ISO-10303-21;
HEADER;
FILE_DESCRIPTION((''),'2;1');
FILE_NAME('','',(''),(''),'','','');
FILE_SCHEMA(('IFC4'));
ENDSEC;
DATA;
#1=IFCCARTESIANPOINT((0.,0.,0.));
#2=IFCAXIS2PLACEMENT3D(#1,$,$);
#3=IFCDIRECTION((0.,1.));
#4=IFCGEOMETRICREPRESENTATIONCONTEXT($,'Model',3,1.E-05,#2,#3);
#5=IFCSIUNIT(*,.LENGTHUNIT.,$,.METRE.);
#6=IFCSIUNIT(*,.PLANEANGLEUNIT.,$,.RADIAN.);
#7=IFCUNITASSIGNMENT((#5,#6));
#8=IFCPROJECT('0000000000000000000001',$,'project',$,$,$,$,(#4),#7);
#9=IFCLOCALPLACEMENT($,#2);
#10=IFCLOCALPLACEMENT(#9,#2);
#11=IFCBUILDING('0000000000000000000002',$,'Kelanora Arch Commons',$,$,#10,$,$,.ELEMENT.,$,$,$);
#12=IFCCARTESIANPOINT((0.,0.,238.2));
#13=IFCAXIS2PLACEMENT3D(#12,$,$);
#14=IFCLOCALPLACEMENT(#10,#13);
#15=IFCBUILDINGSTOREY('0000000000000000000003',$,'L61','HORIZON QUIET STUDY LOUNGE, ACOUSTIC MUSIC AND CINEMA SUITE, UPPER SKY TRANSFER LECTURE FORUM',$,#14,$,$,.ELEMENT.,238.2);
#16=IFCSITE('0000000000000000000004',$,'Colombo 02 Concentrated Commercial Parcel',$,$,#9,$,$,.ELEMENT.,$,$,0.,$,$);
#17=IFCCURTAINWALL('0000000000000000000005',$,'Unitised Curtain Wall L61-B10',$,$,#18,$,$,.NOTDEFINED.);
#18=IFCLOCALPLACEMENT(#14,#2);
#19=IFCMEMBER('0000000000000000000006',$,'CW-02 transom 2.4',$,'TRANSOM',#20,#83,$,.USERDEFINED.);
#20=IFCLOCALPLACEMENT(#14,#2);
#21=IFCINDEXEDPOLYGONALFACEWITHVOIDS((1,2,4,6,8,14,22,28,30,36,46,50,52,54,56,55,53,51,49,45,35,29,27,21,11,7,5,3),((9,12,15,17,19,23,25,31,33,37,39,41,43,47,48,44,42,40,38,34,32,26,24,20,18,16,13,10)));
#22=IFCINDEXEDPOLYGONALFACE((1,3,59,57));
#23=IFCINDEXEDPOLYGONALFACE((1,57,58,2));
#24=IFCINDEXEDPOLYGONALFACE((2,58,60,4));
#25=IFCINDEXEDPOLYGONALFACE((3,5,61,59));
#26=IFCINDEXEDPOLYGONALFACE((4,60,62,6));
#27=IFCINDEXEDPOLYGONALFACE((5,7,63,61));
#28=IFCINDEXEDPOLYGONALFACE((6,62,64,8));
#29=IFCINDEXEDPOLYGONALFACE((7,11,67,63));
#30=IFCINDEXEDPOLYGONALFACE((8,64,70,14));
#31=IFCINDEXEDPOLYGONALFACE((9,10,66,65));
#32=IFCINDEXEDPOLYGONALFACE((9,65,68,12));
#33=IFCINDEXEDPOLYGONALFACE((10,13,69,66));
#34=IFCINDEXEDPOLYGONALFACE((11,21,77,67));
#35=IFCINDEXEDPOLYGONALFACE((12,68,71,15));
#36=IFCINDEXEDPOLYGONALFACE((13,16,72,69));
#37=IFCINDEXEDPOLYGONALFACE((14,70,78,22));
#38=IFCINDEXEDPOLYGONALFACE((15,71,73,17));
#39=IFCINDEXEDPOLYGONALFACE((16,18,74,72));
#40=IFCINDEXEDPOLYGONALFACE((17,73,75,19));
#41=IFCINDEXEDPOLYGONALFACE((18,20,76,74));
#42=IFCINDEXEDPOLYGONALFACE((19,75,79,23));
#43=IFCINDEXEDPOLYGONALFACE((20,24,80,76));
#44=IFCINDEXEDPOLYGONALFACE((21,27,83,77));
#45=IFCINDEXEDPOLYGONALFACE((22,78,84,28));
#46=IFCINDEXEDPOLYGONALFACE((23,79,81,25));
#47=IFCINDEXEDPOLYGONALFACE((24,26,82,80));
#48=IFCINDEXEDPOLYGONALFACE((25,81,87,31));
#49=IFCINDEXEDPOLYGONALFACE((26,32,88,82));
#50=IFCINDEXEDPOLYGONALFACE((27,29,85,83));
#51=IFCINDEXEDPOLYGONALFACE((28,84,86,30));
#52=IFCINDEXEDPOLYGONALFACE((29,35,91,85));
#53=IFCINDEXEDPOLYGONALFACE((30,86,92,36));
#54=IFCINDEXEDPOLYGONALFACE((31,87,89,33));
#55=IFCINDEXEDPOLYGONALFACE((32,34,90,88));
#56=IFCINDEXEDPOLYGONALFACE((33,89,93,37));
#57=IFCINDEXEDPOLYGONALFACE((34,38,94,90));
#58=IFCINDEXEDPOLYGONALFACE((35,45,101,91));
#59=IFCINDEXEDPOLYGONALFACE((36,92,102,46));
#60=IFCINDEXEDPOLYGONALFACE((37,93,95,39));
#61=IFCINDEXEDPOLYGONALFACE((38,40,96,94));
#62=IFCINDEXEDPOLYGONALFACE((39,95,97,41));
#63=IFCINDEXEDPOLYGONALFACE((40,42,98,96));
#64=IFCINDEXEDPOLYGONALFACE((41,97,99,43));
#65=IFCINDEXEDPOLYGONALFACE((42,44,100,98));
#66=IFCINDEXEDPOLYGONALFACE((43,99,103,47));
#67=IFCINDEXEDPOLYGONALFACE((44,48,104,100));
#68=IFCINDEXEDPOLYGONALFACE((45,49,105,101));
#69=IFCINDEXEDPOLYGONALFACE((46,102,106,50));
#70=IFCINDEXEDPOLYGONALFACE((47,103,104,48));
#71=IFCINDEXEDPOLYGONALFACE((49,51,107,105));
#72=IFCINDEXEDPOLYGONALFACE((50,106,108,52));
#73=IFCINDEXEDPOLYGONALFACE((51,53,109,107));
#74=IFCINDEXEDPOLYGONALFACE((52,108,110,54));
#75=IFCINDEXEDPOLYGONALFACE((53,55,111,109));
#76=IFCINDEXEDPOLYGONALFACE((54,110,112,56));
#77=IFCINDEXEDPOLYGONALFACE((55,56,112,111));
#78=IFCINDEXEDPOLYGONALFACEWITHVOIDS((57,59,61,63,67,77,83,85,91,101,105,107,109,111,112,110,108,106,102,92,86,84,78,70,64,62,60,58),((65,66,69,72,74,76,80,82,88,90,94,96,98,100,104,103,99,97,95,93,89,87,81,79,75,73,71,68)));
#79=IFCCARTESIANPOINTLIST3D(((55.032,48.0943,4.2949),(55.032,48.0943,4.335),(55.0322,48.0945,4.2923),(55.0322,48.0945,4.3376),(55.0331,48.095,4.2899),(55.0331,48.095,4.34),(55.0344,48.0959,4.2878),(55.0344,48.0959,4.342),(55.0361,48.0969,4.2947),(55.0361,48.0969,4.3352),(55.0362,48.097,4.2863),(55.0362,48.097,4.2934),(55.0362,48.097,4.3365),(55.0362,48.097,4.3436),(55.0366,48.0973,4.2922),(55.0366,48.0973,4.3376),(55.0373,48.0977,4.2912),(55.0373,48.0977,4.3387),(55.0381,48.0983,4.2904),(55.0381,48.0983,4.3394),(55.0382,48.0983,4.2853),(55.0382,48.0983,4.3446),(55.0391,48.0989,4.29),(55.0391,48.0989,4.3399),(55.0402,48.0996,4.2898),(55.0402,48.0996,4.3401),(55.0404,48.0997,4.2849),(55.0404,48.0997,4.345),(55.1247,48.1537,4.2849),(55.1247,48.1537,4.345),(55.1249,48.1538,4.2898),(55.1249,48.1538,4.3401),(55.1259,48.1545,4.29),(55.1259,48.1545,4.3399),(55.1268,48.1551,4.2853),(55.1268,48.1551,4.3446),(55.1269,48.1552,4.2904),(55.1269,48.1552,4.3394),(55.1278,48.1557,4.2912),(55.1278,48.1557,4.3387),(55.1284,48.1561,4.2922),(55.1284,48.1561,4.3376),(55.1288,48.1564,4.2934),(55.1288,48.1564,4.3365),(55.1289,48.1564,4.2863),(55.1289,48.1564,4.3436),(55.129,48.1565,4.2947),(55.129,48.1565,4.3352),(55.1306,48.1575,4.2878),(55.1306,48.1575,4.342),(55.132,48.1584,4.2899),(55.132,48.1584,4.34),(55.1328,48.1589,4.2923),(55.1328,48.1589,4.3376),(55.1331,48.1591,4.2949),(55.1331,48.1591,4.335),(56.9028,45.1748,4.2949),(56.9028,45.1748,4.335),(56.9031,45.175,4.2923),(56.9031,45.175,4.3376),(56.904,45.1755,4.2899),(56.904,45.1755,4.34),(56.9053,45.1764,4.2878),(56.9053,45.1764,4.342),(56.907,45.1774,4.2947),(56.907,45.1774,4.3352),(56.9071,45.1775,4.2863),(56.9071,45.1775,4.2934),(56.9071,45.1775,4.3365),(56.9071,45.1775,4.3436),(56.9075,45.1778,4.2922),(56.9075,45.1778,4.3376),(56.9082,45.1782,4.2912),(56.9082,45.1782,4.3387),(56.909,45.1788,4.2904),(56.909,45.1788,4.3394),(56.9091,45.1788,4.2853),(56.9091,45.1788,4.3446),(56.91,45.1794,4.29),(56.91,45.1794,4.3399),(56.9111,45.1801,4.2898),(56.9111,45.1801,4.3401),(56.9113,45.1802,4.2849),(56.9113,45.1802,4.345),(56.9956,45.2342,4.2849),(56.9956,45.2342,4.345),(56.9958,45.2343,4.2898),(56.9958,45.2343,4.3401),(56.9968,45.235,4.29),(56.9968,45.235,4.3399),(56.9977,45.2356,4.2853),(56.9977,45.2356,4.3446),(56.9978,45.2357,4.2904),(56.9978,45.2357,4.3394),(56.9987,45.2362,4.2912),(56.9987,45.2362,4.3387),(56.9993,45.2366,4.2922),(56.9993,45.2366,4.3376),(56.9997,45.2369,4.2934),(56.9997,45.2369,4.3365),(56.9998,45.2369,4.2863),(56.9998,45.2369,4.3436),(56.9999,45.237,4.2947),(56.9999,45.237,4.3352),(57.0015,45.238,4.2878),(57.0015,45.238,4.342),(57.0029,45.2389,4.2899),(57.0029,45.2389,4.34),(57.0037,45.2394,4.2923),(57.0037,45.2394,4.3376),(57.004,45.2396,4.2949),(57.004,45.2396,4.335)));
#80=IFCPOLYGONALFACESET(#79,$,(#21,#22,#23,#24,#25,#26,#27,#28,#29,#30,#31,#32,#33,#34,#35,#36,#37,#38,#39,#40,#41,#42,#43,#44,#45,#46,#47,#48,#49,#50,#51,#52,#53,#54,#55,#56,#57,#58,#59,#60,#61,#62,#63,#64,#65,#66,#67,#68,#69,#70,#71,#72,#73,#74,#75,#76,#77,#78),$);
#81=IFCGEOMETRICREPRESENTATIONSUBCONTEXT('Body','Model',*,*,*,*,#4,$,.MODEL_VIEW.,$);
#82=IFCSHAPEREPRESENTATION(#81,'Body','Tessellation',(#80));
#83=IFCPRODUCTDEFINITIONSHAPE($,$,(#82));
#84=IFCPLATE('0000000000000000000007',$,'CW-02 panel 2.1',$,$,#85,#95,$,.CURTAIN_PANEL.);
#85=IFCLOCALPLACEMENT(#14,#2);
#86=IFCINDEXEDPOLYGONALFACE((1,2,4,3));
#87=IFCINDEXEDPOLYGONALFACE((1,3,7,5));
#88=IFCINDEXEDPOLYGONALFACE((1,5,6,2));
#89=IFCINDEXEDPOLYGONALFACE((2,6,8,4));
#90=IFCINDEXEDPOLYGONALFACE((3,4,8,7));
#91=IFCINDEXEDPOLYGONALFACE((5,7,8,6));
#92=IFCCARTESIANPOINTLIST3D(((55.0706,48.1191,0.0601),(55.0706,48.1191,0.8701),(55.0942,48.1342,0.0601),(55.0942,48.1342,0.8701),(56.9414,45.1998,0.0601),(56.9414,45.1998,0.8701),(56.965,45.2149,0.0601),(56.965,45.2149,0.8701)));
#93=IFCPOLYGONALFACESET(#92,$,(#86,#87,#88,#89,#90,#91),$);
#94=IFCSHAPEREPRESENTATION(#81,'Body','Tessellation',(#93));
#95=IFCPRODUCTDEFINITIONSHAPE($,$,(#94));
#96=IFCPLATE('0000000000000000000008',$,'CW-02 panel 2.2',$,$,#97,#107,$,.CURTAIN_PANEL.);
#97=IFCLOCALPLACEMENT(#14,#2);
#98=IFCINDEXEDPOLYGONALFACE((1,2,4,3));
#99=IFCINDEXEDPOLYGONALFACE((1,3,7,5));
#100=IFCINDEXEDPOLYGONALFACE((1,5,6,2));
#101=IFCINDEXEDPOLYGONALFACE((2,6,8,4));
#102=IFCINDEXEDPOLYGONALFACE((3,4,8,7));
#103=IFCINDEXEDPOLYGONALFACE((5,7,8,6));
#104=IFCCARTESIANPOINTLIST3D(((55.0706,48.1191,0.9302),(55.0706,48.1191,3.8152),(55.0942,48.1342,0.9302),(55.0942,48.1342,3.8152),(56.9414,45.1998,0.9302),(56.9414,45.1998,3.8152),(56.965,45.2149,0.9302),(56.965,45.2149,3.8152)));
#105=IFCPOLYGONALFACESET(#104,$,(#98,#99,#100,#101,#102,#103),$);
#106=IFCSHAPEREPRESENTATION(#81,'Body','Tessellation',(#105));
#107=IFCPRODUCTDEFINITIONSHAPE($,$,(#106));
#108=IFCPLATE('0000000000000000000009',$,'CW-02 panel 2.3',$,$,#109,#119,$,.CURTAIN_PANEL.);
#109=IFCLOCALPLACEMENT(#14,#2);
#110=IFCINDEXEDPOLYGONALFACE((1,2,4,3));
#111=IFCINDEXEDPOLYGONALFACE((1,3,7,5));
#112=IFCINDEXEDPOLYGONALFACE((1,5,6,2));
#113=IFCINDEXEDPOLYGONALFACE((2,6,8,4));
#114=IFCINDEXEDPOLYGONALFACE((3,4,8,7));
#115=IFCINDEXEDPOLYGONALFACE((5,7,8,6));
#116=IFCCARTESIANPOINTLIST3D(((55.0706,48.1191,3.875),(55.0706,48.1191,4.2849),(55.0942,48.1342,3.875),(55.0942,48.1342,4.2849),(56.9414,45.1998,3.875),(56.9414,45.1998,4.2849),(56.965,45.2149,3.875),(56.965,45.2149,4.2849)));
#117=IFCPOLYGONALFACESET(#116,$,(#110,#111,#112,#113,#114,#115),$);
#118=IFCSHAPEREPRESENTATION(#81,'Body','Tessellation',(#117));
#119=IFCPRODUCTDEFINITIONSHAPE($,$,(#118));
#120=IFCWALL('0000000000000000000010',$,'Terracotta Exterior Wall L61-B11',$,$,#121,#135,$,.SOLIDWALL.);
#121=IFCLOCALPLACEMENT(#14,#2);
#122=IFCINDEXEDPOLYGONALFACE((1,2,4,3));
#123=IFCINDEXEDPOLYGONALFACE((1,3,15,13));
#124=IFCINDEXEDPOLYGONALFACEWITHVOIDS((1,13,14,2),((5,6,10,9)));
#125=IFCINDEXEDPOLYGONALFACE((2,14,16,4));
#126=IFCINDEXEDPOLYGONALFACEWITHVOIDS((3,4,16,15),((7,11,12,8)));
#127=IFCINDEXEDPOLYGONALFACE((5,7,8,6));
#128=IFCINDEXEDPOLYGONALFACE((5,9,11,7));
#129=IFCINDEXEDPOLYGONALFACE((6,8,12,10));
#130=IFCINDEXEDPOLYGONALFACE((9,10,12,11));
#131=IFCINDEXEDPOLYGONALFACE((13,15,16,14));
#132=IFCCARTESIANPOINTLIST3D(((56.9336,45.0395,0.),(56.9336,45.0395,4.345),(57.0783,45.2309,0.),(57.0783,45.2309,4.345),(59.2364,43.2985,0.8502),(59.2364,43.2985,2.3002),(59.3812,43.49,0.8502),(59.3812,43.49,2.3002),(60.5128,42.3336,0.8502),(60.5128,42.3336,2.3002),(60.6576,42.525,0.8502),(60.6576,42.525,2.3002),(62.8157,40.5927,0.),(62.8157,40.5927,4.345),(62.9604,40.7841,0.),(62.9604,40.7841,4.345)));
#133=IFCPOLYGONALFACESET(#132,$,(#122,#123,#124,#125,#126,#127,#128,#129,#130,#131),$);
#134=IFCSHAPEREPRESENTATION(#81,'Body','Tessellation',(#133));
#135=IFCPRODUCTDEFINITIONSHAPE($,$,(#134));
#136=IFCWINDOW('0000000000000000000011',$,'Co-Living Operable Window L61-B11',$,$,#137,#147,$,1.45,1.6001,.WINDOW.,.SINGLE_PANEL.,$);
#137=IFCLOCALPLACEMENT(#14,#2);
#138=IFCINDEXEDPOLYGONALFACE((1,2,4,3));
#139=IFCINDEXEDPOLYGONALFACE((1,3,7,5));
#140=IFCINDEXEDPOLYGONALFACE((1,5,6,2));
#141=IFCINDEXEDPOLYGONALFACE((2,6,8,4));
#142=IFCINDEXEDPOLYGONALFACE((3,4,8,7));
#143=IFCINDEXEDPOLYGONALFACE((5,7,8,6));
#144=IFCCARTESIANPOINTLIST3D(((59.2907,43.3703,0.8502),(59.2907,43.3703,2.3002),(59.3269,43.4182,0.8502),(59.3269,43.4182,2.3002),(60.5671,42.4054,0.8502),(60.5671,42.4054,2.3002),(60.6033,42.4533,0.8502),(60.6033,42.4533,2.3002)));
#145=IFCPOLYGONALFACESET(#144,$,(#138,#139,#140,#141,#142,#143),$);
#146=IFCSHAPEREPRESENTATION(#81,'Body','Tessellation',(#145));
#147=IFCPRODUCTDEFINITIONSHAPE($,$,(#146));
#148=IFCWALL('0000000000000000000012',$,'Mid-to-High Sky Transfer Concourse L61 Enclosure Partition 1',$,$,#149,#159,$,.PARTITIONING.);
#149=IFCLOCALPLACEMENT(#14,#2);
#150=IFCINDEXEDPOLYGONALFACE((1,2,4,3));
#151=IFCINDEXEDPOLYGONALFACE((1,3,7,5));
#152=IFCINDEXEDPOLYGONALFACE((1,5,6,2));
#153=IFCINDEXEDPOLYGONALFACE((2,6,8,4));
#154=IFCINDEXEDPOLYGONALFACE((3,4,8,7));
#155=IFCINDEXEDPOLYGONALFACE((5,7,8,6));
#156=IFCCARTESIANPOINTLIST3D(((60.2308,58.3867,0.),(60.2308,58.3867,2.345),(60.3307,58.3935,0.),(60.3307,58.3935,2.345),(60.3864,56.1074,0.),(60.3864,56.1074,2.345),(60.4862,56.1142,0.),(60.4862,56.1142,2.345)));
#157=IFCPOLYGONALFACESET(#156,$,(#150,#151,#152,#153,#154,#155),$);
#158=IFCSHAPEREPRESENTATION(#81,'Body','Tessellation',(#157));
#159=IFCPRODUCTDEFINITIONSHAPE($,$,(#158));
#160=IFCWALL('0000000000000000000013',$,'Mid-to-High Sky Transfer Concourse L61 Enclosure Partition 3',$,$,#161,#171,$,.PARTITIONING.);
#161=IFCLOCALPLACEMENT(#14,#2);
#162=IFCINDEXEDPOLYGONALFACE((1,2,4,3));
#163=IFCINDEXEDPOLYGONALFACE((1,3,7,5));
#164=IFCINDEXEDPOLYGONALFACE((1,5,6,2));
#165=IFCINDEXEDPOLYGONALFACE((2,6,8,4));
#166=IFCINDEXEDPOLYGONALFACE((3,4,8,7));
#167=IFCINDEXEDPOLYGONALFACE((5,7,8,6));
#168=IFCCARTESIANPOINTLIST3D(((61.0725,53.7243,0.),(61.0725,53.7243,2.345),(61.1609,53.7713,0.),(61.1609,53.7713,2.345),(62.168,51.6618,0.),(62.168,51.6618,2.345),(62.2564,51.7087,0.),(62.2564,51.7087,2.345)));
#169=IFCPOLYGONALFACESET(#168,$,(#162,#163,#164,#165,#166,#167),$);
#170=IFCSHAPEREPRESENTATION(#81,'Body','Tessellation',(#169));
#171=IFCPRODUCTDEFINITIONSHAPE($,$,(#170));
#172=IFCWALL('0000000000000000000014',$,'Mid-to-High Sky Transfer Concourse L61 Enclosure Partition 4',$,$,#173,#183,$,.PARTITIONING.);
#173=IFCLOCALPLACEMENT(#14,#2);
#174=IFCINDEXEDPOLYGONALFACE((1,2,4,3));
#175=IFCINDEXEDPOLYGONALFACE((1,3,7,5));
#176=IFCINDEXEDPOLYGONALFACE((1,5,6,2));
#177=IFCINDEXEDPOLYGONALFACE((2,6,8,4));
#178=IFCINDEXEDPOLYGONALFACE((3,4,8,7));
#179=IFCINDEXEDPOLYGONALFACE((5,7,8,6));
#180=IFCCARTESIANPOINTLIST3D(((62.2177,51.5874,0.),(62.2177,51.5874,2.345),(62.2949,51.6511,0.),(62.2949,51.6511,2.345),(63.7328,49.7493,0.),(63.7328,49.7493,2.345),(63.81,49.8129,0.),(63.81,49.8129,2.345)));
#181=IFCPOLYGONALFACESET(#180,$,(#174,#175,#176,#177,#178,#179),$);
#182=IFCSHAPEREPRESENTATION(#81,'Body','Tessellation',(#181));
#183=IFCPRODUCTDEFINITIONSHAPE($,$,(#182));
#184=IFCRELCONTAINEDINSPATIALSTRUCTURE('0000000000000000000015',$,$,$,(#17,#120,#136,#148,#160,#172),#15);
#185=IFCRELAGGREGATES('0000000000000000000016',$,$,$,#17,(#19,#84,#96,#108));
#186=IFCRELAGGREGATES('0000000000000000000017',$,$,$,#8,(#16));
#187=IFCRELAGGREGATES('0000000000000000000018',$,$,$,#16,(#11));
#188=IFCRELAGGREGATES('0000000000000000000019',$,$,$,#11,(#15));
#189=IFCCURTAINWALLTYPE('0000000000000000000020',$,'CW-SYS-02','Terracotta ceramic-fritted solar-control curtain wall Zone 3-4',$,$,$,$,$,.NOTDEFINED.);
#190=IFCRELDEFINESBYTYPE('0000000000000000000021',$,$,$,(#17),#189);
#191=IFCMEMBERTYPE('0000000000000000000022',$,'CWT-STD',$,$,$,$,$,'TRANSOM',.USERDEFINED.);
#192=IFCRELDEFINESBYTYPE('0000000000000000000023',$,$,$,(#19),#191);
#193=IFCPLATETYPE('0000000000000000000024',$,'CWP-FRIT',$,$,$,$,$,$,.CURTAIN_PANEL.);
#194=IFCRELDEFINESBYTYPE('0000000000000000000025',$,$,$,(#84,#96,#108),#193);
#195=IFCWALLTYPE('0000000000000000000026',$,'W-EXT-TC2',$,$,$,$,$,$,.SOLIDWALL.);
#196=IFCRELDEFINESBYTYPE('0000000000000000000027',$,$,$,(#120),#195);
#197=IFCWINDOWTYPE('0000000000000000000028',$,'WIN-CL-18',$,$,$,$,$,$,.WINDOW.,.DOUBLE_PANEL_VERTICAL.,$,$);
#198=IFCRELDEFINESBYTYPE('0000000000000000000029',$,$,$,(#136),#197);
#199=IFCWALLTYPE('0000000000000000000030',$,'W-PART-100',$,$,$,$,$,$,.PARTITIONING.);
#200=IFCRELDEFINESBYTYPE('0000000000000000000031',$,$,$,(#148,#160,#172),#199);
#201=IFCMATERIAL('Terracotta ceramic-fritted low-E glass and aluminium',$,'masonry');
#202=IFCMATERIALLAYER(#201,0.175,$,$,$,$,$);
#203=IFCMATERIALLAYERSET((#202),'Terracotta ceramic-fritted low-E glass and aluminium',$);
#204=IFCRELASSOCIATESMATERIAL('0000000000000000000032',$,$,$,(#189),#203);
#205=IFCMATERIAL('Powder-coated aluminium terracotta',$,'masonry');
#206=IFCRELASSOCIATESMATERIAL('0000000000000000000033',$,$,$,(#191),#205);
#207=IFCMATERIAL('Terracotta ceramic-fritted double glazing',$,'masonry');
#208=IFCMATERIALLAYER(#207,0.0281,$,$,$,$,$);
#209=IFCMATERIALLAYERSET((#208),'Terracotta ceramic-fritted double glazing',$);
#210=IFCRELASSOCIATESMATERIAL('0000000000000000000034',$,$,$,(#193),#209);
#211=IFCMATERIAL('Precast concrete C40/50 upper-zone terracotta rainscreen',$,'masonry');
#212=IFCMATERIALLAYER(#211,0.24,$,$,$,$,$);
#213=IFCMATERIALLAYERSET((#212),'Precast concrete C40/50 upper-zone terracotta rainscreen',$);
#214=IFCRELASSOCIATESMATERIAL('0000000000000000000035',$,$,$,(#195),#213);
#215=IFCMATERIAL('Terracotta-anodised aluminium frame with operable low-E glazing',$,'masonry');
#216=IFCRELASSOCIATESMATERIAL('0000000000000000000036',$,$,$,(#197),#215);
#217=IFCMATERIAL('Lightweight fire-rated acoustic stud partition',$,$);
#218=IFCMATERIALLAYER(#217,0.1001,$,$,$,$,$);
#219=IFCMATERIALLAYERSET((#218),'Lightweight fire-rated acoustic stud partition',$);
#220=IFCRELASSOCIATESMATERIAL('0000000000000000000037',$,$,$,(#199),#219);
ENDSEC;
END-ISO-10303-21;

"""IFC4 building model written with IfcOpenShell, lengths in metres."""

from ifc_helpers import new_model, si_unit, direction, frame, frame_2d, origin, origin_2d, place, context, subcontext, project, spatial, rectangle, hollow_rectangle, extrude, source, transform, mapped, material, layer, layer_set, material_profile, profile_set, type_object, element, fill, aggregate, save


model = new_model("IFC4")

# Units and contexts
model_context = context("Model", 3, precision=1e-05, world=origin(), true_north=direction((0.0, 1.0)))
body_context = subcontext(model_context, "Body", "Model", "MODEL_VIEW")
ifc_project = project(units=[si_unit("LENGTHUNIT", "METRE"), si_unit("PLANEANGLEUNIT", "RADIAN")], contexts=[model_context])

# Site, building, storey
site_placement = place(None, origin())
site = spatial("IfcSite", under=ifc_project, at=site_placement, Name="Colombo 02 Concentrated Commercial Parcel", CompositionType="ELEMENT", RefElevation=0.0)
building_placement = place(site_placement, origin())
building = spatial("IfcBuilding", under=site, at=building_placement, Name="Kelanora Arch Commons", CompositionType="ELEMENT")
storey_placement = place(building_placement, frame((0.0, 0.0, 238.2)))
storey = spatial("IfcBuildingStorey", under=building, at=storey_placement, Name="L61", Description="HORIZON QUIET STUDY LOUNGE, ACOUSTIC MUSIC AND CINEMA SUITE, UPPER SKY TRANSFER LECTURE FORUM", CompositionType="ELEMENT", Elevation=238.2)

# Curtain wall, member, plates
ifc_material_1 = material(Name="Terracotta ceramic-fritted low-E glass and aluminium", Category="masonry")
ifc_layer_1 = layer(ifc_material_1, 0.175)
ifc_layer_set_1 = layer_set([ifc_layer_1], Name="Terracotta ceramic-fritted low-E glass and aluminium")
curtain_wall_type = type_object("IfcCurtainWallType", Name="CW-SYS-02", Description="Terracotta ceramic-fritted solar-control curtain wall Zone 3-4", PredefinedType="NOTDEFINED", material=ifc_layer_set_1)
curtain_wall_placement = place(storey_placement, origin())
curtain_wall = element("IfcCurtainWall", 1, at=curtain_wall_placement, inside=storey, type_object=curtain_wall_type, Name="Unitised Curtain Wall L61-B10", PredefinedType="NOTDEFINED")
ifc_material_2 = material(Name="Powder-coated aluminium terracotta", Category="masonry")
ifc_material_profile_1 = material_profile(ifc_material_2, hollow_rectangle(XDim=0.1201, YDim=0.0601, WallThickness=0.0049, InnerFilletRadius=0.0049, OuterFilletRadius=0.01, at=origin_2d()), Name="CWT120x60")
ifc_profile_set_1 = profile_set([ifc_material_profile_1], Name="Powder-coated aluminium terracotta")
member_type_1 = type_object("IfcMemberType", Name="CWT-STD", ElementType="TRANSOM", PredefinedType="USERDEFINED", material=ifc_profile_set_1)
member_1_placement = place(storey_placement, frame((55.0825, 48.1267, 4.3149), z_axis=(0.539547, -0.841955, 0.0), x_axis=(0.841955, 0.539547, 0.0)))
member_1 = element("IfcMember", 2, at=member_1_placement, type_object=member_type_1, Name="CW-02 transom 2.4", ObjectType="TRANSOM", PredefinedType="USERDEFINED", context=body_context, shape_type="SweptSolid", body=[
    extrude(hollow_rectangle(XDim=0.1201, YDim=0.0601, WallThickness=0.0049, InnerFilletRadius=0.0049, OuterFilletRadius=0.01, at=origin_2d()), origin(), (0.0, 0.0, 1.0), 3.4675),
])
ifc_material_3 = material(Name="Terracotta ceramic-fritted double glazing", Category="masonry")
ifc_layer_2 = layer(ifc_material_3, 0.0281)
ifc_layer_set_2 = layer_set([ifc_layer_2], Name="Terracotta ceramic-fritted double glazing")
plate_type = type_object("IfcPlateType", Name="CWP-FRIT", PredefinedType="CURTAIN_PANEL", material=ifc_layer_set_2)
shared_shape_1 = source(origin(), body_context, "Body", "SweptSolid", [
    extrude(rectangle(XDim=3.4673, YDim=0.0281, at=origin_2d()), origin(), (0.0, 0.0, 1.0), 0.8101),
])
plate_1_placement = place(storey_placement, frame((56.0178, 46.667, 0.0601), z_axis=(0.0, 0.0, 1.0), x_axis=(0.539559, -0.841948, 0.0)))
plate_1 = element("IfcPlate", 3, at=plate_1_placement, type_object=plate_type, Name="CW-02 panel 2.1", PredefinedType="CURTAIN_PANEL", context=body_context, shape_type="MappedRepresentation", body=[
    mapped(shared_shape_1, transform((0.0, 0.0, 0.0), scale=1.0)),
])
shared_shape_2 = source(origin(), body_context, "Body", "SweptSolid", [
    extrude(rectangle(XDim=3.4673, YDim=0.0281, at=origin_2d()), origin(), (0.0, 0.0, 1.0), 2.885),
])
plate_2_placement = place(storey_placement, frame((56.0178, 46.667, 0.9302), z_axis=(0.0, 0.0, 1.0), x_axis=(0.539559, -0.841948, 0.0)))
plate_2 = element("IfcPlate", 4, at=plate_2_placement, type_object=plate_type, Name="CW-02 panel 2.2", PredefinedType="CURTAIN_PANEL", context=body_context, shape_type="MappedRepresentation", body=[
    mapped(shared_shape_2, transform((0.0, 0.0, 0.0), scale=1.0)),
])
shared_shape_3 = source(origin(), body_context, "Body", "SweptSolid", [
    extrude(rectangle(XDim=3.4673, YDim=0.0281, at=origin_2d()), origin(), (0.0, 0.0, 1.0), 0.4099),
])
plate_3_placement = place(storey_placement, frame((56.0178, 46.667, 3.875), z_axis=(0.0, 0.0, 1.0), x_axis=(0.539559, -0.841948, 0.0)))
plate_3 = element("IfcPlate", 5, at=plate_3_placement, type_object=plate_type, Name="CW-02 panel 2.3", PredefinedType="CURTAIN_PANEL", context=body_context, shape_type="MappedRepresentation", body=[
    mapped(shared_shape_3, transform((0.0, 0.0, 0.0), scale=1.0)),
])
aggregate(curtain_wall, [member_1, plate_1, plate_2, plate_3])

# Wall, opening, window
ifc_material_4 = material(Name="Precast concrete C40/50 upper-zone terracotta rainscreen", Category="masonry")
ifc_layer_3 = layer(ifc_material_4, 0.24)
ifc_layer_set_3 = layer_set([ifc_layer_3], Name="Precast concrete C40/50 upper-zone terracotta rainscreen")
wall_type_1 = type_object("IfcWallType", Name="W-EXT-TC2", PredefinedType="SOLIDWALL", material=ifc_layer_set_3)
wall_1_placement = place(storey_placement, frame((57.0059, 45.1353, 0.0), z_axis=(0.0, 0.0, 1.0), x_axis=(0.797702, -0.603052, 0.0)))
wall_1 = element("IfcWall", 6, at=wall_1_placement, inside=storey, type_object=wall_type_1, Name="Terracotta Exterior Wall L61-B11", PredefinedType="SOLIDWALL", context=body_context, shape_type="SweptSolid", body=[
    extrude(rectangle(XDim=7.3738, YDim=0.24, at=frame_2d((3.687, 0.0))), origin(), (0.0, 0.0, 1.0), 4.345),
])
opening_1_placement = place(wall_1_placement, frame((2.887, 0.0, 0.8501)))
opening_1 = element("IfcOpeningElement", 7, at=opening_1_placement, cuts=wall_1, PredefinedType="OPENING", context=body_context, shape_type="SweptSolid", body=[
    extrude(rectangle(XDim=1.6001, YDim=1.45, at=frame_2d((0.8, 0.7251))), frame((0.0, 0.1299, 0.0), z_axis=(0.0, -1.0, 0.0), x_axis=(1.0, 0.0, 0.0)), (0.0, 0.0, 1.0), 0.26),
])
ifc_material_5 = material(Name="Terracotta-anodised aluminium frame with operable low-E glazing", Category="masonry")
window_type = type_object("IfcWindowType", Name="WIN-CL-18", PartitioningType="DOUBLE_PANEL_VERTICAL", PredefinedType="WINDOW", material=ifc_material_5)
window_placement = place(opening_1_placement, origin())
window = element("IfcWindow", 8, at=window_placement, inside=storey, type_object=window_type, Name="Co-Living Operable Window L61-B11", OverallHeight=1.45, OverallWidth=1.6001, PartitioningType="SINGLE_PANEL", PredefinedType="WINDOW", context=body_context, shape_type="SweptSolid", body=[
    extrude(rectangle(XDim=1.6001, YDim=1.45, at=frame_2d((0.8, 0.7251))), frame((0.0, 0.03, 0.0), z_axis=(0.0, -1.0, 0.0), x_axis=(1.0, 0.0, 0.0)), (0.0, 0.0, 1.0), 0.0601),
])
fill(opening_1, window)

# Walls
ifc_material_6 = material(Name="Lightweight fire-rated acoustic stud partition")
ifc_layer_4 = layer(ifc_material_6, 0.1001)
ifc_layer_set_4 = layer_set([ifc_layer_4], Name="Lightweight fire-rated acoustic stud partition")
wall_type_2 = type_object("IfcWallType", Name="W-PART-100", PredefinedType="PARTITIONING", material=ifc_layer_set_4)
wall_2_placement = place(storey_placement, frame((60.2808, 58.3901, 0.0), z_axis=(0.0, 0.0, 1.0), x_axis=(0.068072, -0.99768, 0.0)))
element("IfcWall", 9, at=wall_2_placement, inside=storey, type_object=wall_type_2, Name="Mid-to-High Sky Transfer Concourse L61 Enclosure Partition 1", PredefinedType="PARTITIONING", context=body_context, shape_type="SweptSolid", body=[
    extrude(rectangle(XDim=2.2847, YDim=0.1001, at=frame_2d((1.1423, 0.0))), origin(), (0.0, 0.0, 1.0), 2.345),
])
wall_3_placement = place(storey_placement, frame((61.1167, 53.7478, 0.0), z_axis=(0.0, 0.0, 1.0), x_axis=(0.469074, -0.883159, 0.0)))
element("IfcWall", 10, at=wall_3_placement, inside=storey, type_object=wall_type_2, Name="Mid-to-High Sky Transfer Concourse L61 Enclosure Partition 3", PredefinedType="PARTITIONING", context=body_context, shape_type="SweptSolid", body=[
    extrude(rectangle(XDim=2.3354, YDim=0.1001, at=frame_2d((1.1677, 0.0))), origin(), (0.0, 0.0, 1.0), 2.345),
])
wall_4_placement = place(storey_placement, frame((62.2563, 51.6191, 0.0), z_axis=(0.0, 0.0, 1.0), x_axis=(0.636052, -0.771646, 0.0)))
element("IfcWall", 11, at=wall_4_placement, inside=storey, type_object=wall_type_2, Name="Mid-to-High Sky Transfer Concourse L61 Enclosure Partition 4", PredefinedType="PARTITIONING", context=body_context, shape_type="SweptSolid", body=[
    extrude(rectangle(XDim=2.3821, YDim=0.1001, at=frame_2d((1.1909, 0.0))), origin(), (0.0, 0.0, 1.0), 2.345),
])

save(model, "model.ifc")
